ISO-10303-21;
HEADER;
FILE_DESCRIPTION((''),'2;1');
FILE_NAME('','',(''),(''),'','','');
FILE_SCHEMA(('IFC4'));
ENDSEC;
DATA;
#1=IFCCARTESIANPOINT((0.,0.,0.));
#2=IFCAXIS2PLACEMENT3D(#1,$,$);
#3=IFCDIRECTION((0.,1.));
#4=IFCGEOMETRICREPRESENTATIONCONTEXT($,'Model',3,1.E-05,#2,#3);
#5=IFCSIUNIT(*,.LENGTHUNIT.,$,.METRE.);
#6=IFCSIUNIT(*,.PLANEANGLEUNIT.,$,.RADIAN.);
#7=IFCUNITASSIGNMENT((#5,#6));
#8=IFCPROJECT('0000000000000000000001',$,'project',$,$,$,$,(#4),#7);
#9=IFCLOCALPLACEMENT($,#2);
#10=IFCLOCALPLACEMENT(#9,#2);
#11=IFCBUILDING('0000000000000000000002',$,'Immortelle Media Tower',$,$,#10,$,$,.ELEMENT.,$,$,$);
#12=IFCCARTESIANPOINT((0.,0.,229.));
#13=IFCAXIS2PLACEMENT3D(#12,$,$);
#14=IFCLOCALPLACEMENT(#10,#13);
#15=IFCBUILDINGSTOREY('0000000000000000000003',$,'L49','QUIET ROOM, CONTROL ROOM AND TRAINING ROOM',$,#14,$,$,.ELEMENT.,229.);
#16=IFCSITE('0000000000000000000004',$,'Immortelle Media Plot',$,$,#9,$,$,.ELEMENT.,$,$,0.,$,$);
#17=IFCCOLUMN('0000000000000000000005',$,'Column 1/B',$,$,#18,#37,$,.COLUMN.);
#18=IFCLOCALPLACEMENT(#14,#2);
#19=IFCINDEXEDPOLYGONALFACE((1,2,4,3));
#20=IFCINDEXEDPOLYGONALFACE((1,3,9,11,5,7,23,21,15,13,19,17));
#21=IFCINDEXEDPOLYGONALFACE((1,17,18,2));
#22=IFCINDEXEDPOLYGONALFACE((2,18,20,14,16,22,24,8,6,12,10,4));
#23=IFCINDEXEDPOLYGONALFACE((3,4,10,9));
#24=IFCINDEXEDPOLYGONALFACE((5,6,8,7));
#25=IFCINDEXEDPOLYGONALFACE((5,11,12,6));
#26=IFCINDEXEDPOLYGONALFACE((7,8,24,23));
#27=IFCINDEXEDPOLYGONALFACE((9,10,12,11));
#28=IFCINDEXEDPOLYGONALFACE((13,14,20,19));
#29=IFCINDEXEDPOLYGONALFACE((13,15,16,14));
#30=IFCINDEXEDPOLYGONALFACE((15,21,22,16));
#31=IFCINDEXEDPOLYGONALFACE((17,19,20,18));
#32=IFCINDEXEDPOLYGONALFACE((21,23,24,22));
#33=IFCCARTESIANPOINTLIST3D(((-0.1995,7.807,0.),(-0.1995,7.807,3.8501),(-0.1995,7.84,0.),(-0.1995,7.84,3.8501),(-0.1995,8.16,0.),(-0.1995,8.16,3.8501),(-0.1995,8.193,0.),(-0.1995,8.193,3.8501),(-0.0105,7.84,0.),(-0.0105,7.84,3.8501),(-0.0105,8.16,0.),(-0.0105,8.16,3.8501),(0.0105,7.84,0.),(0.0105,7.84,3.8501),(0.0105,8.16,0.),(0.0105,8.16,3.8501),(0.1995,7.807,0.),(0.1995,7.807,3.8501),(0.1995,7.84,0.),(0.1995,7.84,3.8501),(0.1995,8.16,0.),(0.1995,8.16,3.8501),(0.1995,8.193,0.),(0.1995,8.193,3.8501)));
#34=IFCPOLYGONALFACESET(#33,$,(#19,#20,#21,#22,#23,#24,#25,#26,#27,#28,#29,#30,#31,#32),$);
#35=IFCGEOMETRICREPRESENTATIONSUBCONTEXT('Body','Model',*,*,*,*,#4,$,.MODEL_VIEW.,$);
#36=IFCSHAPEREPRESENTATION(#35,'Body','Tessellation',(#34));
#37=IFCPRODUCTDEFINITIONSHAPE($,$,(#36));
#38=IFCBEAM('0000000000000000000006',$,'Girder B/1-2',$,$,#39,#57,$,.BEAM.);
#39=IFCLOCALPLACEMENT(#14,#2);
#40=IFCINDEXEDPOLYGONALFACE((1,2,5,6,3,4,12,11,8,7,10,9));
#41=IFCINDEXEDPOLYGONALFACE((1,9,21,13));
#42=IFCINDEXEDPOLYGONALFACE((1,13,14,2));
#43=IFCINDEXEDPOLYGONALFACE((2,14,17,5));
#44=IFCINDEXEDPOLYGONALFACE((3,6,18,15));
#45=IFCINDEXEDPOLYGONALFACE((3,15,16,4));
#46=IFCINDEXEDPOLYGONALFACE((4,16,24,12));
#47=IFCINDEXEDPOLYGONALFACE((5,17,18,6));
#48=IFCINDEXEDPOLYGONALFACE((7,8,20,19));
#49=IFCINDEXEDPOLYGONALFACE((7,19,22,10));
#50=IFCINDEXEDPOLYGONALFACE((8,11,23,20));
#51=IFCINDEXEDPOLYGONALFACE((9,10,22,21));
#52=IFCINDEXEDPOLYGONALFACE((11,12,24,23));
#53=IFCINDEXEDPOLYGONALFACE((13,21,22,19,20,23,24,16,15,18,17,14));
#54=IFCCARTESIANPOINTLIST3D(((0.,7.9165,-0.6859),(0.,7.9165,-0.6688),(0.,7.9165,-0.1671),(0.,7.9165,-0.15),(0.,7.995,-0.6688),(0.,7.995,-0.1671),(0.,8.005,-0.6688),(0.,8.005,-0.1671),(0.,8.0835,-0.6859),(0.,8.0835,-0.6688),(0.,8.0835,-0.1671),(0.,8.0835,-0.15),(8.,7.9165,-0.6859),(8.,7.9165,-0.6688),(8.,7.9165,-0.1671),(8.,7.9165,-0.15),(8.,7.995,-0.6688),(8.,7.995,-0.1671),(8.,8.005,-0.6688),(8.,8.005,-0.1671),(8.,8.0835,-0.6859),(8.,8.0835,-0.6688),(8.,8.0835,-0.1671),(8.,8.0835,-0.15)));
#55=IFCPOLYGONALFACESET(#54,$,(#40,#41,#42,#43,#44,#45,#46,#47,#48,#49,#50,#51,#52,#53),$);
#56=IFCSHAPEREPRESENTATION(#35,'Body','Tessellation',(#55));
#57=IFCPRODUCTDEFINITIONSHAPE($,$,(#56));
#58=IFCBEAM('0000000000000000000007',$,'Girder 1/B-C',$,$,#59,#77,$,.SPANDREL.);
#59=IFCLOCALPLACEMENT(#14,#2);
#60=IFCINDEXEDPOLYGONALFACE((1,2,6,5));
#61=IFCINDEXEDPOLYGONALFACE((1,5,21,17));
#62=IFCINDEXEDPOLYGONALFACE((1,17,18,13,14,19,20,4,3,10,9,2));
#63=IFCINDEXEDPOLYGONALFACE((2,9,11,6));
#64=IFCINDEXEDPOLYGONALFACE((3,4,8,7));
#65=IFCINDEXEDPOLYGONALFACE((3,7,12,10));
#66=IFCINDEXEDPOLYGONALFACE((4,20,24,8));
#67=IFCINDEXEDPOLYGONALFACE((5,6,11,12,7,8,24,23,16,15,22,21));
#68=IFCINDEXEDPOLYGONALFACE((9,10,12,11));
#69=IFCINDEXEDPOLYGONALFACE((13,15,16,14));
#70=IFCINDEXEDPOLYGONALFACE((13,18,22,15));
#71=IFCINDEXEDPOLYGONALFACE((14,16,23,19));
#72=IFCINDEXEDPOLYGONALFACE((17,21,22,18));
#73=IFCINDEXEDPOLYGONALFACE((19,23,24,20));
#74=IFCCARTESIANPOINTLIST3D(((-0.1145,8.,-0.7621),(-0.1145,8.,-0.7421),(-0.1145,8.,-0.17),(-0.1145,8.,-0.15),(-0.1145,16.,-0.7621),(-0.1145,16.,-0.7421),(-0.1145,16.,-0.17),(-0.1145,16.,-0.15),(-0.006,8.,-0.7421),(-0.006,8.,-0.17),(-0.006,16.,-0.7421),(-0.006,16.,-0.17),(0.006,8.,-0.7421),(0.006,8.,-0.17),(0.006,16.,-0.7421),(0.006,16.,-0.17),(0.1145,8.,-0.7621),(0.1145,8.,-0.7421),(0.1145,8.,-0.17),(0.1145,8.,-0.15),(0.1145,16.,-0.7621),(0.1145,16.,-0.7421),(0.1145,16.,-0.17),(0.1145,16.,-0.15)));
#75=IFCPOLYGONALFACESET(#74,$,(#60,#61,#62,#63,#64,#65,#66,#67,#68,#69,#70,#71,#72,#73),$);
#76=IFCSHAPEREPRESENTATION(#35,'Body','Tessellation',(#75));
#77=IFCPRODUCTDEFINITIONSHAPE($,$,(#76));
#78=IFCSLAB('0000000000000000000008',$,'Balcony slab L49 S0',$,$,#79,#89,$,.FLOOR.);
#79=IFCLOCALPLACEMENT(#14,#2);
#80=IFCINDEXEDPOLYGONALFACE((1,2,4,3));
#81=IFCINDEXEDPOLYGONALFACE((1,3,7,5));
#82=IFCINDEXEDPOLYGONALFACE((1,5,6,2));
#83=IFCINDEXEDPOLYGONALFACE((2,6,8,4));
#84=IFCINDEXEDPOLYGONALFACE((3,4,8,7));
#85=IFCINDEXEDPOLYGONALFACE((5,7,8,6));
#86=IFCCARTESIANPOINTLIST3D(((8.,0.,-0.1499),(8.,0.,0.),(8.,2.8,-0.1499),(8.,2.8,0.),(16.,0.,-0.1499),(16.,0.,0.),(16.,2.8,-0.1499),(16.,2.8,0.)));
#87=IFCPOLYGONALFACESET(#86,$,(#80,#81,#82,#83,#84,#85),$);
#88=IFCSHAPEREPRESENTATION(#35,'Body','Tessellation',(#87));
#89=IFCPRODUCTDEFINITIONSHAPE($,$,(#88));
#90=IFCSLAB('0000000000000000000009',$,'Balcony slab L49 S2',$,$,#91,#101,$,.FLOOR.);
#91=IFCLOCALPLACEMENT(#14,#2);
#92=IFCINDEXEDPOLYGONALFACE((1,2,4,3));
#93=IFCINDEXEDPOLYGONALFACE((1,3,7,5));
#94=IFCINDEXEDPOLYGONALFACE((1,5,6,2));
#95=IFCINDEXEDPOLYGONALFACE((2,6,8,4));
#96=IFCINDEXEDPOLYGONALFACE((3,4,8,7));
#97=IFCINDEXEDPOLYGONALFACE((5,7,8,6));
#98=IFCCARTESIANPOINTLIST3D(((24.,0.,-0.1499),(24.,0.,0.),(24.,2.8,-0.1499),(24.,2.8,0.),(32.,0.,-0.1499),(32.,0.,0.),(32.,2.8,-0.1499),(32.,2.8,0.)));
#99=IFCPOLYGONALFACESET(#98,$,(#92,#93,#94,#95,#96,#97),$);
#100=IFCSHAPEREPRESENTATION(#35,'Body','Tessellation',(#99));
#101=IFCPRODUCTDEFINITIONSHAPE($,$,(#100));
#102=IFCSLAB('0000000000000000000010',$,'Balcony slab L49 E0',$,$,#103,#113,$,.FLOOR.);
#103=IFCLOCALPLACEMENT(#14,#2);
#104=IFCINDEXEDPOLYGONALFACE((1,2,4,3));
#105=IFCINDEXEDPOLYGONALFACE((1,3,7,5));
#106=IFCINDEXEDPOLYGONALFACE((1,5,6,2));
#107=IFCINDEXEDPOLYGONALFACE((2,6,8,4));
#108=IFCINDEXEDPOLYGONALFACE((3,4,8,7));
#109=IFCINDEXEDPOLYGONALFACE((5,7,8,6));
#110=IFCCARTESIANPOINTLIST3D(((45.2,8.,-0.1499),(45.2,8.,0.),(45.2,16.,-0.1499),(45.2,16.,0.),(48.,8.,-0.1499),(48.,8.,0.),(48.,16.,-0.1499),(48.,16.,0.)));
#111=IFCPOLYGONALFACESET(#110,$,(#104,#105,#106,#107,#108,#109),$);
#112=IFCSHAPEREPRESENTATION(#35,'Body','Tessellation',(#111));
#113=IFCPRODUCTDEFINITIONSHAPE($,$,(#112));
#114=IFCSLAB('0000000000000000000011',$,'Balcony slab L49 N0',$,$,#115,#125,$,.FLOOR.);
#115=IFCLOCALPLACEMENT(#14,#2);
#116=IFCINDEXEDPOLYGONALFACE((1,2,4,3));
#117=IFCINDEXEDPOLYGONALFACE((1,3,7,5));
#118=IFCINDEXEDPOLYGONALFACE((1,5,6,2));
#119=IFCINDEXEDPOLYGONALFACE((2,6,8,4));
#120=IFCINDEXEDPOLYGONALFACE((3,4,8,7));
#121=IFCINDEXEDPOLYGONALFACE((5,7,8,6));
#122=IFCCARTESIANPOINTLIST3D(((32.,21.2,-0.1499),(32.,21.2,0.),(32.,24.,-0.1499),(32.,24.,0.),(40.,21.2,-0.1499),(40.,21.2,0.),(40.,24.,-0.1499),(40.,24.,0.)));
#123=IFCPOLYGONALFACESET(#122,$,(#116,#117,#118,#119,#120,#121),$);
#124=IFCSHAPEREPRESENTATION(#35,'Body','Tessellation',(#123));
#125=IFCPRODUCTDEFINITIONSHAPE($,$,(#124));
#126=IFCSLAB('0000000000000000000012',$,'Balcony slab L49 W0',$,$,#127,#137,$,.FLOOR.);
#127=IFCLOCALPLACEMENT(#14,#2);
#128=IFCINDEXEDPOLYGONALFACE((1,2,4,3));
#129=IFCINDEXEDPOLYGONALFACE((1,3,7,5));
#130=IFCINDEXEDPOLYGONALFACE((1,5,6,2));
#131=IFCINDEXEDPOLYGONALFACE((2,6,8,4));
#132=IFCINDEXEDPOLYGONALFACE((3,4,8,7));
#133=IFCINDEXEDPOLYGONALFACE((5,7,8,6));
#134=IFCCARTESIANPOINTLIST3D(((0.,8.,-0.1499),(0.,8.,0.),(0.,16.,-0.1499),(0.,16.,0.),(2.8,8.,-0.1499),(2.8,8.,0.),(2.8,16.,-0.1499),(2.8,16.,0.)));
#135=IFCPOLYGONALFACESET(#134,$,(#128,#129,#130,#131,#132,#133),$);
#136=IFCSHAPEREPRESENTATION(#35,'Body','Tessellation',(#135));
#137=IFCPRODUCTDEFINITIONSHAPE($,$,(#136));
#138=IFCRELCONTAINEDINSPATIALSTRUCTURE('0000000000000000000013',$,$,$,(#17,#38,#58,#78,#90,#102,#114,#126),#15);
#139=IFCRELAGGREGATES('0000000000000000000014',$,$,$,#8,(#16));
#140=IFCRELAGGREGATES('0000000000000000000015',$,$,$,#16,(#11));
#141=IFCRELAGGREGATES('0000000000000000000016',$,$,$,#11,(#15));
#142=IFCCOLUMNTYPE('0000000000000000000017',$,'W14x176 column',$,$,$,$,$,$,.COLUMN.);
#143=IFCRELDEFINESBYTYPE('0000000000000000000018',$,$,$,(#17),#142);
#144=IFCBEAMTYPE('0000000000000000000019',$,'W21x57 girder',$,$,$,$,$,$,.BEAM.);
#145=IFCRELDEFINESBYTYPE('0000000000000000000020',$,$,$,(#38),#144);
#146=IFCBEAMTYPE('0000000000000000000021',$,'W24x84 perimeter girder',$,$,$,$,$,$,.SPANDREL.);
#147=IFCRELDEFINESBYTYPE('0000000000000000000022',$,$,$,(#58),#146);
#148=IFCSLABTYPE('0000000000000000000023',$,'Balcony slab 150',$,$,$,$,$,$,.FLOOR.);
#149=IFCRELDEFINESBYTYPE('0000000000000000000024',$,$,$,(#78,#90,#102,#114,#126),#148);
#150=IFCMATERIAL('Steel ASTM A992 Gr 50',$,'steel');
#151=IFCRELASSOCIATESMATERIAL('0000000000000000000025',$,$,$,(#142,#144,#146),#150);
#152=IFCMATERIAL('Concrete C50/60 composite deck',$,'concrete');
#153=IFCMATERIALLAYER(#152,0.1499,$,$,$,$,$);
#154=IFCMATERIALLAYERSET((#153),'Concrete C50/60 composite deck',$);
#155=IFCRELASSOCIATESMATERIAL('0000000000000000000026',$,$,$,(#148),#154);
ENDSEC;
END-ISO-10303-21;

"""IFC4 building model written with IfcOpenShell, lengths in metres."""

from ifc_helpers import new_model, si_unit, direction, frame, origin, origin_2d, place, context, subcontext, project, spatial, polyline, i_section, outline, extrude, material, layer, layer_set, material_profile, profile_set, type_object, element, save


model = new_model("IFC4")

# Units and contexts
model_context = context("Model", 3, precision=1e-05, world=origin(), true_north=direction((0.0, 1.0)))
body_context = subcontext(model_context, "Body", "Model", "MODEL_VIEW")
ifc_project = project(units=[si_unit("LENGTHUNIT", "METRE"), si_unit("PLANEANGLEUNIT", "RADIAN")], contexts=[model_context])

# Site, building, storey
site_placement = place(None, origin())
site = spatial("IfcSite", under=ifc_project, at=site_placement, Name="Immortelle Media Plot", CompositionType="ELEMENT", RefElevation=0.0)
building_placement = place(site_placement, origin())
building = spatial("IfcBuilding", under=site, at=building_placement, Name="Immortelle Media Tower", CompositionType="ELEMENT")
storey_placement = place(building_placement, frame((0.0, 0.0, 229.0)))
storey = spatial("IfcBuildingStorey", under=building, at=storey_placement, Name="L49", Description="QUIET ROOM, CONTROL ROOM AND TRAINING ROOM", CompositionType="ELEMENT", Elevation=229.0)

# Column
ifc_material_1 = material(Name="Steel ASTM A992 Gr 50", Category="steel")
ifc_material_profile_1 = material_profile(ifc_material_1, i_section(OverallWidth=0.3989, OverallDepth=0.386, WebThickness=0.021, FlangeThickness=0.033, at=origin_2d()), Name="W14x176")
ifc_profile_set_1 = profile_set([ifc_material_profile_1], Name="Steel ASTM A992 Gr 50")
column_type = type_object("IfcColumnType", Name="W14x176 column", PredefinedType="COLUMN", material=ifc_profile_set_1)
column_placement = place(storey_placement, frame((0.0, 8.0, 0.0), z_axis=(0.0, 0.0, 1.0), x_axis=(1.0, 0.0, 0.0)))
element("IfcColumn", 1, at=column_placement, inside=storey, type_object=column_type, Name="Column 1/B", PredefinedType="COLUMN", context=body_context, shape_type="SweptSolid", body=[
    extrude(i_section(OverallWidth=0.3989, OverallDepth=0.386, WebThickness=0.021, FlangeThickness=0.033, at=origin_2d()), origin(), (0.0, 0.0, 1.0), 3.8501),
])

# Beams
ifc_material_profile_2 = material_profile(ifc_material_1, i_section(OverallWidth=0.167, OverallDepth=0.5359, WebThickness=0.01, FlangeThickness=0.0171, at=origin_2d()), Name="W21x57")
ifc_profile_set_2 = profile_set([ifc_material_profile_2], Name="Steel ASTM A992 Gr 50")
beam_type_1 = type_object("IfcBeamType", Name="W21x57 girder", PredefinedType="BEAM", material=ifc_profile_set_2)
beam_1_placement = place(storey_placement, frame((0.0, 8.0, -0.418), z_axis=(1.0, 0.0, 0.0), x_axis=(0.0, 1.0, 0.0)))
element("IfcBeam", 2, at=beam_1_placement, inside=storey, type_object=beam_type_1, Name="Girder B/1-2", PredefinedType="BEAM", context=body_context, shape_type="SweptSolid", body=[
    extrude(i_section(OverallWidth=0.167, OverallDepth=0.5359, WebThickness=0.01, FlangeThickness=0.0171, at=origin_2d()), origin(), (0.0, 0.0, 1.0), 8.0),
])
ifc_material_profile_3 = material_profile(ifc_material_1, i_section(OverallWidth=0.229, OverallDepth=0.6121, WebThickness=0.012, FlangeThickness=0.02, at=origin_2d()), Name="W24x84")
ifc_profile_set_3 = profile_set([ifc_material_profile_3], Name="Steel ASTM A992 Gr 50")
beam_type_2 = type_object("IfcBeamType", Name="W24x84 perimeter girder", PredefinedType="SPANDREL", material=ifc_profile_set_3)
beam_2_placement = place(storey_placement, frame((0.0, 8.0, -0.4561), z_axis=(0.0, 1.0, 0.0), x_axis=(-1.0, 0.0, 0.0)))
element("IfcBeam", 3, at=beam_2_placement, inside=storey, type_object=beam_type_2, Name="Girder 1/B-C", PredefinedType="SPANDREL", context=body_context, shape_type="SweptSolid", body=[
    extrude(i_section(OverallWidth=0.229, OverallDepth=0.6121, WebThickness=0.012, FlangeThickness=0.02, at=origin_2d()), origin(), (0.0, 0.0, 1.0), 8.0),
])

# Slabs
ifc_material_2 = material(Name="Concrete C50/60 composite deck", Category="concrete")
ifc_layer_1 = layer(ifc_material_2, 0.1499)
ifc_layer_set_1 = layer_set([ifc_layer_1], Name="Concrete C50/60 composite deck")
slab_type_1 = type_object("IfcSlabType", Name="Balcony slab 150", PredefinedType="FLOOR", material=ifc_layer_set_1)
slab_1_placement = place(storey_placement, frame((0.0, 0.0, -0.1499)))
element("IfcSlab", 4, at=slab_1_placement, inside=storey, type_object=slab_type_1, Name="Balcony slab L49 S0", PredefinedType="FLOOR", context=body_context, shape_type="SweptSolid", body=[
    extrude(outline(polyline([(16.0, 0.0), (16.0, 2.8), (8.0, 2.8), (8.0, 0.0), (16.0, 0.0)])), origin(), (0.0, 0.0, 1.0), 0.1499),
])
slab_2_placement = place(storey_placement, frame((0.0, 0.0, -0.1499)))
element("IfcSlab", 5, at=slab_2_placement, inside=storey, type_object=slab_type_1, Name="Balcony slab L49 S2", PredefinedType="FLOOR", context=body_context, shape_type="SweptSolid", body=[
    extrude(outline(polyline([(32.0, 0.0), (32.0, 2.8), (24.0, 2.8), (24.0, 0.0), (32.0, 0.0)])), origin(), (0.0, 0.0, 1.0), 0.1499),
])
slab_3_placement = place(storey_placement, frame((0.0, 0.0, -0.1499)))
element("IfcSlab", 6, at=slab_3_placement, inside=storey, type_object=slab_type_1, Name="Balcony slab L49 E0", PredefinedType="FLOOR", context=body_context, shape_type="SweptSolid", body=[
    extrude(outline(polyline([(48.0, 8.0), (48.0, 16.0), (45.2, 16.0), (45.2, 8.0), (48.0, 8.0)])), origin(), (0.0, 0.0, 1.0), 0.1499),
])
slab_4_placement = place(storey_placement, frame((0.0, 0.0, -0.1499)))
element("IfcSlab", 7, at=slab_4_placement, inside=storey, type_object=slab_type_1, Name="Balcony slab L49 N0", PredefinedType="FLOOR", context=body_context, shape_type="SweptSolid", body=[
    extrude(outline(polyline([(40.0, 21.2), (40.0, 24.0), (32.0, 24.0), (32.0, 21.2), (40.0, 21.2)])), origin(), (0.0, 0.0, 1.0), 0.1499),
])
slab_5_placement = place(storey_placement, frame((0.0, 0.0, -0.1499)))
element("IfcSlab", 8, at=slab_5_placement, inside=storey, type_object=slab_type_1, Name="Balcony slab L49 W0", PredefinedType="FLOOR", context=body_context, shape_type="SweptSolid", body=[
    extrude(outline(polyline([(2.8, 8.0), (2.8, 16.0), (0.0, 16.0), (0.0, 8.0), (2.8, 8.0)])), origin(), (0.0, 0.0, 1.0), 0.1499),
])

save(model, "model.ifc")
